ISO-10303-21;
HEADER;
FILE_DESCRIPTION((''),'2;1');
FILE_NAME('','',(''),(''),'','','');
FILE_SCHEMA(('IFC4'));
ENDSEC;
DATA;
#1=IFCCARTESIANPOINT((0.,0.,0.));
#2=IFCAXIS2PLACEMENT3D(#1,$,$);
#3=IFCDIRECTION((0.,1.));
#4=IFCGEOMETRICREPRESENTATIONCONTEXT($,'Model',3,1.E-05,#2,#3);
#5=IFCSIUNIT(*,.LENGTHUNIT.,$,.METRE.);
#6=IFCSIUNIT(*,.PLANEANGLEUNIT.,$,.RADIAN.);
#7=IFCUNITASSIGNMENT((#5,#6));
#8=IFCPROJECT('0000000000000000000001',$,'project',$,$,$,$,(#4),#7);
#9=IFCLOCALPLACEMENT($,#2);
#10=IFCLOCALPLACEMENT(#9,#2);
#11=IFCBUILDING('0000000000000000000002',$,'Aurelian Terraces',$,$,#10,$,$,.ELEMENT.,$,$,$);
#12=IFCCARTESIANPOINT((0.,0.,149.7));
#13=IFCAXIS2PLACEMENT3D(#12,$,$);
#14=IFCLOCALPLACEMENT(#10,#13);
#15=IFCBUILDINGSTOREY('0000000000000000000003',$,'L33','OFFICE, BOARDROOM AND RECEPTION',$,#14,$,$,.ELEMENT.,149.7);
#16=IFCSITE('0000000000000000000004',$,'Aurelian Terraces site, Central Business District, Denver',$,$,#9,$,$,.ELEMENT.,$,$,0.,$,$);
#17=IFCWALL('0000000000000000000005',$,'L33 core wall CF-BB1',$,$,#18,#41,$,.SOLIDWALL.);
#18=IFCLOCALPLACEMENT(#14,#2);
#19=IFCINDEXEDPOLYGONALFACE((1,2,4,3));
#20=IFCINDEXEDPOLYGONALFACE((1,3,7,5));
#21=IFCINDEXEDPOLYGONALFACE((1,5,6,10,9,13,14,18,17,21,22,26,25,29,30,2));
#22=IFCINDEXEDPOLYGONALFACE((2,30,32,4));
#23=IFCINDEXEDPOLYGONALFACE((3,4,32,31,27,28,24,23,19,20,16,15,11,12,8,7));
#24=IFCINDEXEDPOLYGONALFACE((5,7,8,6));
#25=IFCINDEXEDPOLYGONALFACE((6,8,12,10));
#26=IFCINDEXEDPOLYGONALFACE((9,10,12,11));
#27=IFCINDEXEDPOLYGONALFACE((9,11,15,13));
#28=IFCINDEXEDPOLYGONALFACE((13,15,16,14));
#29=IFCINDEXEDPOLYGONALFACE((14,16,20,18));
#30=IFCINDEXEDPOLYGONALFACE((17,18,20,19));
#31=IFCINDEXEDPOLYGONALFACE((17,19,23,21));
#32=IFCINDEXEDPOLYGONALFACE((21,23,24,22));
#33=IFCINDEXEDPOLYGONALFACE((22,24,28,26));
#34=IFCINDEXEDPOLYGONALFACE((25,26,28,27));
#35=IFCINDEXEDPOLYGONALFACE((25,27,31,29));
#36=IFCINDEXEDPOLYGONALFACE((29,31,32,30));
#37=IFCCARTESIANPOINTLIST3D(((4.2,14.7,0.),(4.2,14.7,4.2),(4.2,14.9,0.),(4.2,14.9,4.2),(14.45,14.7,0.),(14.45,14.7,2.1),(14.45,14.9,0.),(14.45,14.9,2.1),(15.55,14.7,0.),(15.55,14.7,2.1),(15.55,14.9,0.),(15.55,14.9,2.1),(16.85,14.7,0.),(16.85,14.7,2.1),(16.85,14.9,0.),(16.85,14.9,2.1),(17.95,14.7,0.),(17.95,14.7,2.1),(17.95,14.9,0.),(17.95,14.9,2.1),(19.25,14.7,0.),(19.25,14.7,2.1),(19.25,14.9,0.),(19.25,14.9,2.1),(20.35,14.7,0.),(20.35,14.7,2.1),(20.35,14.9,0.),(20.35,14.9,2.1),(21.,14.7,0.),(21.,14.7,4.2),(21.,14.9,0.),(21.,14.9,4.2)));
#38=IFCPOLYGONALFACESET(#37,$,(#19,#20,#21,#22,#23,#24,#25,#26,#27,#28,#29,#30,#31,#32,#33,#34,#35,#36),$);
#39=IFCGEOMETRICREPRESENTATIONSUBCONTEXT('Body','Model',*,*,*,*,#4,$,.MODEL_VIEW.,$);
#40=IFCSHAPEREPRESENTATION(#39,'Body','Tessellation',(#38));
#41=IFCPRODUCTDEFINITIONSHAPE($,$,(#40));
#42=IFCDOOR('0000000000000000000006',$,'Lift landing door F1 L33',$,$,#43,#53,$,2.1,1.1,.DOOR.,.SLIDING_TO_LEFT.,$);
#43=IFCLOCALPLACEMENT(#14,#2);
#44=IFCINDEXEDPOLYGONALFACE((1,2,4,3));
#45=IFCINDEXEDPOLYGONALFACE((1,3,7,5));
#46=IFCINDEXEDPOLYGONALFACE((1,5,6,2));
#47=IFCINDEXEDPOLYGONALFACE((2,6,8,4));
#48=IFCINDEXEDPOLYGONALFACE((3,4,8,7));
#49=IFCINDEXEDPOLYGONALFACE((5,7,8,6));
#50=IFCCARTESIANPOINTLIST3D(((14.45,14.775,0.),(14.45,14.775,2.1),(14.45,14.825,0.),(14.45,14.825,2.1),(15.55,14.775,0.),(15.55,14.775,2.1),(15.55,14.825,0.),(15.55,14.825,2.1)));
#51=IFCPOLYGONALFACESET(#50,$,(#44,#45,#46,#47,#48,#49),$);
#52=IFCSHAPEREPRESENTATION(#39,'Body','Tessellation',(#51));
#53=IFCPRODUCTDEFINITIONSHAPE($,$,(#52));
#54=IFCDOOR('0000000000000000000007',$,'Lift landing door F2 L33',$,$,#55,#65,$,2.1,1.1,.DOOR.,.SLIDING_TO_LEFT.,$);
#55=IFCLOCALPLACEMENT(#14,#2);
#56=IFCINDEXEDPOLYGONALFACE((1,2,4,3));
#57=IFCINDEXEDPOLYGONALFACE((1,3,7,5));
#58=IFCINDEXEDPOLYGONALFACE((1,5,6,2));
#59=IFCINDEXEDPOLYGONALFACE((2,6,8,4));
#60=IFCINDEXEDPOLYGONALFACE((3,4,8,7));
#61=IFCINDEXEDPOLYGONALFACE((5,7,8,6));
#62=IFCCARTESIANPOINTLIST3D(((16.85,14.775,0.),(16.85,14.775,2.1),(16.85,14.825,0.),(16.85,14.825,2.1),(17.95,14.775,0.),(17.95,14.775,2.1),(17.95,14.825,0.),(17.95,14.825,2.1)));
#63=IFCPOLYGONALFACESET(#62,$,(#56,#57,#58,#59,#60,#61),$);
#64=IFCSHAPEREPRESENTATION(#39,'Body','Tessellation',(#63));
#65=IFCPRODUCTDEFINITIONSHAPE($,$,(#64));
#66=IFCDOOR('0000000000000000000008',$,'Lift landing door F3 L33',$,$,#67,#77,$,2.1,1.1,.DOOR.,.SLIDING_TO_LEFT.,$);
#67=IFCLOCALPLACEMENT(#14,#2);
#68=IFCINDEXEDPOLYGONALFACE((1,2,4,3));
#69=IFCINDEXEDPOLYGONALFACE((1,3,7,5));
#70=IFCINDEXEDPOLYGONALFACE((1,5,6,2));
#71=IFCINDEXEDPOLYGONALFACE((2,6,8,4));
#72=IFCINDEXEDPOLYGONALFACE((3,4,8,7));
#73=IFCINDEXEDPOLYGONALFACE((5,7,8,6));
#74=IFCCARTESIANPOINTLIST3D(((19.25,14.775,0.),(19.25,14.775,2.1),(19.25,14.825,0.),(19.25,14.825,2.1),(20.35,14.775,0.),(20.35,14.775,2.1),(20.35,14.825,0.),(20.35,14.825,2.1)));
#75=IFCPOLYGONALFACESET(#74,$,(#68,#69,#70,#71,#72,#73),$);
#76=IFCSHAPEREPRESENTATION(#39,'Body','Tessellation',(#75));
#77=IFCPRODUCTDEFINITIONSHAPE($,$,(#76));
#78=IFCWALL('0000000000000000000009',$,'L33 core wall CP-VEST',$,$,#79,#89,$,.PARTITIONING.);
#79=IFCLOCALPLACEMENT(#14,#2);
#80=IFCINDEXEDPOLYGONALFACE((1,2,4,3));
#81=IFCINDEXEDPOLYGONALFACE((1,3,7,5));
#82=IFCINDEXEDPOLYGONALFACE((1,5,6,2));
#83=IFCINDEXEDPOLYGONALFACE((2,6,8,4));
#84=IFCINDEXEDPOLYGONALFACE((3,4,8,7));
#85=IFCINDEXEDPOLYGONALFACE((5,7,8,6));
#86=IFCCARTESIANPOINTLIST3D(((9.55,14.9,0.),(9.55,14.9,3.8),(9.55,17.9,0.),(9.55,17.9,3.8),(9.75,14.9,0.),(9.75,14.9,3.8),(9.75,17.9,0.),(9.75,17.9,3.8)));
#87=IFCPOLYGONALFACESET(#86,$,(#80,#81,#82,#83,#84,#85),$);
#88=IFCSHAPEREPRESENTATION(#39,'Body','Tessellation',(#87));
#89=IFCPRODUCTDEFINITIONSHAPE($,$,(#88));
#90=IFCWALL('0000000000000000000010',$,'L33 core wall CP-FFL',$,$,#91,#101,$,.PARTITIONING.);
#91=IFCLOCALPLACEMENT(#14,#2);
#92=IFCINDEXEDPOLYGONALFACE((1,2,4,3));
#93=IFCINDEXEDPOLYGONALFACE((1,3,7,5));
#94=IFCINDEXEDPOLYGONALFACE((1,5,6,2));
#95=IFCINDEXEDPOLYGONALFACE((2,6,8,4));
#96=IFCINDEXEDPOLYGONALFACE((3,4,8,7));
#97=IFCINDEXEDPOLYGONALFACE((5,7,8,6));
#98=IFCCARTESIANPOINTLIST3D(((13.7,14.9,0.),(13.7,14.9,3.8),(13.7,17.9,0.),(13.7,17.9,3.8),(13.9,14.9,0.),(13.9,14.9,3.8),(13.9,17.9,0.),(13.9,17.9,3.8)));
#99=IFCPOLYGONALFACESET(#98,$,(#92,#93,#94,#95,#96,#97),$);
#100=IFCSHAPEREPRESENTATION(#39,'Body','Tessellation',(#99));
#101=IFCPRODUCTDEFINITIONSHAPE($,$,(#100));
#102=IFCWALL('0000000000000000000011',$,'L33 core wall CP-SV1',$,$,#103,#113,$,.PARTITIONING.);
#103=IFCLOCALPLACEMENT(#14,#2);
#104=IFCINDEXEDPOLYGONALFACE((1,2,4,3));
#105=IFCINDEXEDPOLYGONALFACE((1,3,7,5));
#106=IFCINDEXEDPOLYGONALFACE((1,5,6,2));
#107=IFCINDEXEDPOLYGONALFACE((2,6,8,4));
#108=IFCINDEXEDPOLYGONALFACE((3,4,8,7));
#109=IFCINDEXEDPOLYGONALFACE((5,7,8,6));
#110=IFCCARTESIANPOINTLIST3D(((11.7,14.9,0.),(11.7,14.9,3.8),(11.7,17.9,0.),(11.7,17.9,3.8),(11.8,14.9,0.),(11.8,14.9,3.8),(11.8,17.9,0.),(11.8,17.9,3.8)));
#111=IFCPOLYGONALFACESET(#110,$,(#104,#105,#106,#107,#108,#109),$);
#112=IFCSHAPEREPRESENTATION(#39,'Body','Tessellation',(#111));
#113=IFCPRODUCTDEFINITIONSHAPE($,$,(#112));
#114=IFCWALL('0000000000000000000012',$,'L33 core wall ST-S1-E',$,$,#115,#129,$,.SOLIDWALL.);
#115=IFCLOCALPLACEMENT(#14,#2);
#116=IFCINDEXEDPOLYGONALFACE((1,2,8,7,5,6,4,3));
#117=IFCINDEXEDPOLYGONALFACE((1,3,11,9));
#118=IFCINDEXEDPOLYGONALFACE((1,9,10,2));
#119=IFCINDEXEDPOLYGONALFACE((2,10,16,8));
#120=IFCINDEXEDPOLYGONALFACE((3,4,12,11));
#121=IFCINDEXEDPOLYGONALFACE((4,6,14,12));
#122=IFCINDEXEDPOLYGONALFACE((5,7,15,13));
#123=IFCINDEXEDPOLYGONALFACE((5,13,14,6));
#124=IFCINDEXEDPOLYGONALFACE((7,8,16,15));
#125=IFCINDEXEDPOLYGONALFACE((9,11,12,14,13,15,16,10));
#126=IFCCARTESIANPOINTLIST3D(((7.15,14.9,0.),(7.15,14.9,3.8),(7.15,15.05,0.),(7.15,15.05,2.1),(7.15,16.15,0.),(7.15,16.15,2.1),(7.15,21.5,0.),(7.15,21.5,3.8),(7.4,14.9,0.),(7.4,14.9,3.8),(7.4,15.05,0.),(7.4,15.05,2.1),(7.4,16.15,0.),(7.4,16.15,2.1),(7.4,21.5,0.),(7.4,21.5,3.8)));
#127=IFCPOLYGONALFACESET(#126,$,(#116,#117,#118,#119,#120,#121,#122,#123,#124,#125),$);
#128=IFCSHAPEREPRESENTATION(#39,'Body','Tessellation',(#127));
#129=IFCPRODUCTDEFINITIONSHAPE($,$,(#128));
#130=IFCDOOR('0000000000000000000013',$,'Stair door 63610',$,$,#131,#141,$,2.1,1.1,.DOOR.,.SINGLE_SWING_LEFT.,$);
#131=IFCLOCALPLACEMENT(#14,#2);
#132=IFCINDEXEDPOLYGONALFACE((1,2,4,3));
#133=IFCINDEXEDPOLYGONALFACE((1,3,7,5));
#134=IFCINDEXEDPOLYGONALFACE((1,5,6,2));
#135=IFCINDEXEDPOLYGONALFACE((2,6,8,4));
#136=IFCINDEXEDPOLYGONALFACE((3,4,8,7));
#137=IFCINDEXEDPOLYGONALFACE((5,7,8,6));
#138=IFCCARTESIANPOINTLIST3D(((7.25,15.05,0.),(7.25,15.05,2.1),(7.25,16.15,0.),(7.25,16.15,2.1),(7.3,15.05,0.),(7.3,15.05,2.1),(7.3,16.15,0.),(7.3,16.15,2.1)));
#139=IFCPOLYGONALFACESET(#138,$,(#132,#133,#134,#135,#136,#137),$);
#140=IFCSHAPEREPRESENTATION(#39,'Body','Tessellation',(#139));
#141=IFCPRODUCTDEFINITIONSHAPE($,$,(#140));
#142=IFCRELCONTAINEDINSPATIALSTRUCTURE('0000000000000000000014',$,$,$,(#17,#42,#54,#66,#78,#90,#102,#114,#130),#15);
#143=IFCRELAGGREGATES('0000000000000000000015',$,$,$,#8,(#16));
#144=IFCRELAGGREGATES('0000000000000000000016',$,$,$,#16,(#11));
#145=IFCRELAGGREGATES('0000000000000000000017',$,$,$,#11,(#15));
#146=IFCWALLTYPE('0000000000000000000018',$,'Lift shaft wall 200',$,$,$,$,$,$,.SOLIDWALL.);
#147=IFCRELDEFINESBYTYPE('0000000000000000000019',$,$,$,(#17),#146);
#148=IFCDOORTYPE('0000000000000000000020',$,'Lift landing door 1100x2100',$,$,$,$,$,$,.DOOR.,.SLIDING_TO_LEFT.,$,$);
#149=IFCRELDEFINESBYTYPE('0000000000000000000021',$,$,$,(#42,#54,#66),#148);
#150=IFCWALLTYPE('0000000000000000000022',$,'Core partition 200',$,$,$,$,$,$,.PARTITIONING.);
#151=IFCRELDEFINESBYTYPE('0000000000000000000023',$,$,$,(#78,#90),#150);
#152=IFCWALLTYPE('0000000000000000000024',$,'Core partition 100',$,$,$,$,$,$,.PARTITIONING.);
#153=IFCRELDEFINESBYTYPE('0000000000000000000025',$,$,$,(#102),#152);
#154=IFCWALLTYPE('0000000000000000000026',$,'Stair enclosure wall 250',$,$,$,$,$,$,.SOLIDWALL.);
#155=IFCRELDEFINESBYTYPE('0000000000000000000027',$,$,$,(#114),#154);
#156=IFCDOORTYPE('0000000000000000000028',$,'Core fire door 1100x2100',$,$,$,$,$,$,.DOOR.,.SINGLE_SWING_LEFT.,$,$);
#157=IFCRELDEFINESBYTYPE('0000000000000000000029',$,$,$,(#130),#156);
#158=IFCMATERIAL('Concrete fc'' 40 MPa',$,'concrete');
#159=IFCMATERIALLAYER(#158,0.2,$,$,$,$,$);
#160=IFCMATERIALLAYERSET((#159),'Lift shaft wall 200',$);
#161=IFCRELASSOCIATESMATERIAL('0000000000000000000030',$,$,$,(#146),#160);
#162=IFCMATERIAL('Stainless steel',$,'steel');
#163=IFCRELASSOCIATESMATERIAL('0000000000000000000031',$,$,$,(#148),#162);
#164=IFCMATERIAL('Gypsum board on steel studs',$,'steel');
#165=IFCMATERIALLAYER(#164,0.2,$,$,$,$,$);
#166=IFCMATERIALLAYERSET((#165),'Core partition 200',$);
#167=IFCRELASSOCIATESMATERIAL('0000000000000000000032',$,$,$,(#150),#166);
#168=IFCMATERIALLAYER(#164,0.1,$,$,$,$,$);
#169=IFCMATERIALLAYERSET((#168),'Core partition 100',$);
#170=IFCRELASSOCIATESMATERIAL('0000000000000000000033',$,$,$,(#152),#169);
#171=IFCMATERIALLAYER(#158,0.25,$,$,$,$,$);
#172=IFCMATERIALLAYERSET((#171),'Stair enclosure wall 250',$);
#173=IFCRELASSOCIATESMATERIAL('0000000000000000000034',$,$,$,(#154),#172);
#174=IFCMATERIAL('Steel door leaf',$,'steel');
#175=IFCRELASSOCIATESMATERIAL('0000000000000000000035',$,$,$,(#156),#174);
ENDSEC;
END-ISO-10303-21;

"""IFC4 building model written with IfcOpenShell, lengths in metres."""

from ifc_helpers import new_model, si_unit, direction, frame, frame_2d, origin, place, context, subcontext, project, spatial, rectangle, extrude, source, transform, mapped, material, layer, layer_set, type_object, element, fill, save


model = new_model("IFC4")

# Units and contexts
model_context = context("Model", 3, precision=1e-05, world=origin(), true_north=direction((0.0, 1.0)))
body_context = subcontext(model_context, "Body", "Model", "MODEL_VIEW")
ifc_project = project(units=[si_unit("LENGTHUNIT", "METRE"), si_unit("PLANEANGLEUNIT", "RADIAN")], contexts=[model_context])

# Site, building, storey
site_placement = place(None, origin())
site = spatial("IfcSite", under=ifc_project, at=site_placement, Name="Aurelian Terraces site, Central Business District, Denver", CompositionType="ELEMENT", RefElevation=0.0)
building_placement = place(site_placement, origin())
building = spatial("IfcBuilding", under=site, at=building_placement, Name="Aurelian Terraces", CompositionType="ELEMENT")
storey_placement = place(building_placement, frame((0.0, 0.0, 149.7)))
storey = spatial("IfcBuildingStorey", under=building, at=storey_placement, Name="L33", Description="OFFICE, BOARDROOM AND RECEPTION", CompositionType="ELEMENT", Elevation=149.7)

# Shared definitions
ifc_material_1 = material(Name="Concrete fc' 40 MPa", Category="concrete")
ifc_layer_1 = layer(ifc_material_1, 0.2)
ifc_layer_set_1 = layer_set([ifc_layer_1], Name="Lift shaft wall 200")
wall_type_1 = type_object("IfcWallType", Name="Lift shaft wall 200", PredefinedType="SOLIDWALL", material=ifc_layer_set_1)

# Wall, openings, doors
shared_shape_1 = source(origin(), body_context, "Body", "SweptSolid", [
    extrude(rectangle(XDim=16.8, YDim=0.2, at=frame_2d((8.4, 0.0))), origin(), (0.0, 0.0, 1.0), 4.2),
])
shared_shape_2 = source(origin(), body_context, "Body", "SweptSolid", [
    extrude(rectangle(XDim=1.1, YDim=2.1, at=frame_2d((0.55, 1.05))), frame((0.0, 0.11, 0.0), z_axis=(0.0, -1.0, 0.0), x_axis=(1.0, 0.0, 0.0)), (0.0, 0.0, 1.0), 0.22),
])
ifc_material_2 = material(Name="Stainless steel", Category="steel")
door_type_1 = type_object("IfcDoorType", Name="Lift landing door 1100x2100", OperationType="SLIDING_TO_LEFT", PredefinedType="DOOR", material=ifc_material_2)
shared_shape_3 = source(origin(), body_context, "Body", "SweptSolid", [
    extrude(rectangle(XDim=1.1, YDim=2.1, at=frame_2d((0.55, 1.05))), frame((0.0, 0.025, 0.0), z_axis=(0.0, -1.0, 0.0), x_axis=(1.0, 0.0, 0.0)), (0.0, 0.0, 1.0), 0.05),
])
wall_1_placement = place(storey_placement, frame((4.2, 14.8, 0.0), z_axis=(0.0, 0.0, 1.0), x_axis=(1.0, 0.0, 0.0)))
wall_1 = element("IfcWall", 1, at=wall_1_placement, inside=storey, type_object=wall_type_1, Name="L33 core wall CF-BB1", PredefinedType="SOLIDWALL", context=body_context, shape_type="MappedRepresentation", body=[
    mapped(shared_shape_1, transform((0.0, 0.0, 0.0), scale=1.0)),
])
opening_1_placement = place(wall_1_placement, frame((10.25, 0.0, 0.0)))
opening_1 = element("IfcOpeningElement", 2, at=opening_1_placement, cuts=wall_1, PredefinedType="OPENING", context=body_context, shape_type="MappedRepresentation", body=[
    mapped(shared_shape_2, transform((0.0, 0.0, 0.0), scale=1.0)),
])
opening_2_placement = place(wall_1_placement, frame((12.65, 0.0, 0.0)))
opening_2 = element("IfcOpeningElement", 3, at=opening_2_placement, cuts=wall_1, PredefinedType="OPENING", context=body_context, shape_type="MappedRepresentation", body=[
    mapped(shared_shape_2, transform((0.0, 0.0, 0.0), scale=1.0)),
])
opening_3_placement = place(wall_1_placement, frame((15.05, 0.0, 0.0)))
opening_3 = element("IfcOpeningElement", 4, at=opening_3_placement, cuts=wall_1, PredefinedType="OPENING", context=body_context, shape_type="MappedRepresentation", body=[
    mapped(shared_shape_2, transform((0.0, 0.0, 0.0), scale=1.0)),
])
door_1_placement = place(opening_1_placement, origin())
door_1 = element("IfcDoor", 5, at=door_1_placement, inside=storey, type_object=door_type_1, Name="Lift landing door F1 L33", OperationType="SLIDING_TO_LEFT", OverallHeight=2.1, OverallWidth=1.1, PredefinedType="DOOR", context=body_context, shape_type="MappedRepresentation", body=[
    mapped(shared_shape_3, transform((0.0, 0.0, 0.0), scale=1.0)),
])
fill(opening_1, door_1)
door_2_placement = place(opening_2_placement, origin())
door_2 = element("IfcDoor", 6, at=door_2_placement, inside=storey, type_object=door_type_1, Name="Lift landing door F2 L33", OperationType="SLIDING_TO_LEFT", OverallHeight=2.1, OverallWidth=1.1, PredefinedType="DOOR", context=body_context, shape_type="MappedRepresentation", body=[
    mapped(shared_shape_3, transform((0.0, 0.0, 0.0), scale=1.0)),
])
fill(opening_2, door_2)
door_3_placement = place(opening_3_placement, origin())
door_3 = element("IfcDoor", 7, at=door_3_placement, inside=storey, type_object=door_type_1, Name="Lift landing door F3 L33", OperationType="SLIDING_TO_LEFT", OverallHeight=2.1, OverallWidth=1.1, PredefinedType="DOOR", context=body_context, shape_type="MappedRepresentation", body=[
    mapped(shared_shape_3, transform((0.0, 0.0, 0.0), scale=1.0)),
])
fill(opening_3, door_3)

# Walls
ifc_material_3 = material(Name="Gypsum board on steel studs", Category="steel")
ifc_layer_2 = layer(ifc_material_3, 0.2)
ifc_layer_set_2 = layer_set([ifc_layer_2], Name="Core partition 200")
wall_type_2 = type_object("IfcWallType", Name="Core partition 200", PredefinedType="PARTITIONING", material=ifc_layer_set_2)
shared_shape_4 = source(origin(), body_context, "Body", "SweptSolid", [
    extrude(rectangle(XDim=3.0, YDim=0.2, at=frame_2d((1.5, 0.0))), origin(), (0.0, 0.0, 1.0), 3.8),
])
for number, where, z_axis, x_axis, name in (
    (8, (9.65, 14.9, 0.0), (0.0, 0.0, 1.0), (0.0, 1.0, 0.0), "L33 core wall CP-VEST"),
    (9, (13.8, 14.9, 0.0), (0.0, 0.0, 1.0), (0.0, 1.0, 0.0), "L33 core wall CP-FFL"),
):
    element("IfcWall", number, at=place(storey_placement, frame(where, z_axis=z_axis, x_axis=x_axis)), inside=storey, type_object=wall_type_2, Name=name, PredefinedType="PARTITIONING", context=body_context, shape_type="MappedRepresentation", body=[
        mapped(shared_shape_4, transform((0.0, 0.0, 0.0), scale=1.0)),
    ])
ifc_layer_3 = layer(ifc_material_3, 0.1)
ifc_layer_set_3 = layer_set([ifc_layer_3], Name="Core partition 100")
wall_type_3 = type_object("IfcWallType", Name="Core partition 100", PredefinedType="PARTITIONING", material=ifc_layer_set_3)
shared_shape_5 = source(origin(), body_context, "Body", "SweptSolid", [
    extrude(rectangle(XDim=3.0, YDim=0.1, at=frame_2d((1.5, 0.0))), origin(), (0.0, 0.0, 1.0), 3.8),
])
wall_2_placement = place(storey_placement, frame((11.75, 14.9, 0.0), z_axis=(0.0, 0.0, 1.0), x_axis=(0.0, 1.0, 0.0)))
element("IfcWall", 10, at=wall_2_placement, inside=storey, type_object=wall_type_3, Name="L33 core wall CP-SV1", PredefinedType="PARTITIONING", context=body_context, shape_type="MappedRepresentation", body=[
    mapped(shared_shape_5, transform((0.0, 0.0, 0.0), scale=1.0)),
])

# Wall, opening, door
ifc_layer_4 = layer(ifc_material_1, 0.25)
ifc_layer_set_4 = layer_set([ifc_layer_4], Name="Stair enclosure wall 250")
wall_type_4 = type_object("IfcWallType", Name="Stair enclosure wall 250", PredefinedType="SOLIDWALL", material=ifc_layer_set_4)
shared_shape_6 = source(origin(), body_context, "Body", "SweptSolid", [
    extrude(rectangle(XDim=6.6, YDim=0.25, at=frame_2d((3.3, 0.0))), origin(), (0.0, 0.0, 1.0), 3.8),
])
wall_3_placement = place(storey_placement, frame((7.275, 14.9, 0.0), z_axis=(0.0, 0.0, 1.0), x_axis=(0.0, 1.0, 0.0)))
wall_3 = element("IfcWall", 11, at=wall_3_placement, inside=storey, type_object=wall_type_4, Name="L33 core wall ST-S1-E", PredefinedType="SOLIDWALL", context=body_context, shape_type="MappedRepresentation", body=[
    mapped(shared_shape_6, transform((0.0, 0.0, 0.0), scale=1.0)),
])
shared_shape_7 = source(origin(), body_context, "Body", "SweptSolid", [
    extrude(rectangle(XDim=1.1, YDim=2.1, at=frame_2d((0.55, 1.05))), frame((0.0, 0.135, 0.0), z_axis=(0.0, -1.0, 0.0), x_axis=(1.0, 0.0, 0.0)), (0.0, 0.0, 1.0), 0.27),
])
opening_4_placement = place(wall_3_placement, frame((0.15, 0.0, 0.0)))
opening_4 = element("IfcOpeningElement", 12, at=opening_4_placement, cuts=wall_3, PredefinedType="OPENING", context=body_context, shape_type="MappedRepresentation", body=[
    mapped(shared_shape_7, transform((0.0, 0.0, 0.0), scale=1.0)),
])
ifc_material_4 = material(Name="Steel door leaf", Category="steel")
door_type_2 = type_object("IfcDoorType", Name="Core fire door 1100x2100", OperationType="SINGLE_SWING_LEFT", PredefinedType="DOOR", material=ifc_material_4)
door_4_placement = place(opening_4_placement, origin())
door_4 = element("IfcDoor", 13, at=door_4_placement, inside=storey, type_object=door_type_2, Name="Stair door 63610", OperationType="SINGLE_SWING_LEFT", OverallHeight=2.1, OverallWidth=1.1, PredefinedType="DOOR", context=body_context, shape_type="MappedRepresentation", body=[
    mapped(shared_shape_3, transform((0.0, 0.0, 0.0), scale=1.0)),
])
fill(opening_4, door_4)

save(model, "model.ifc")
